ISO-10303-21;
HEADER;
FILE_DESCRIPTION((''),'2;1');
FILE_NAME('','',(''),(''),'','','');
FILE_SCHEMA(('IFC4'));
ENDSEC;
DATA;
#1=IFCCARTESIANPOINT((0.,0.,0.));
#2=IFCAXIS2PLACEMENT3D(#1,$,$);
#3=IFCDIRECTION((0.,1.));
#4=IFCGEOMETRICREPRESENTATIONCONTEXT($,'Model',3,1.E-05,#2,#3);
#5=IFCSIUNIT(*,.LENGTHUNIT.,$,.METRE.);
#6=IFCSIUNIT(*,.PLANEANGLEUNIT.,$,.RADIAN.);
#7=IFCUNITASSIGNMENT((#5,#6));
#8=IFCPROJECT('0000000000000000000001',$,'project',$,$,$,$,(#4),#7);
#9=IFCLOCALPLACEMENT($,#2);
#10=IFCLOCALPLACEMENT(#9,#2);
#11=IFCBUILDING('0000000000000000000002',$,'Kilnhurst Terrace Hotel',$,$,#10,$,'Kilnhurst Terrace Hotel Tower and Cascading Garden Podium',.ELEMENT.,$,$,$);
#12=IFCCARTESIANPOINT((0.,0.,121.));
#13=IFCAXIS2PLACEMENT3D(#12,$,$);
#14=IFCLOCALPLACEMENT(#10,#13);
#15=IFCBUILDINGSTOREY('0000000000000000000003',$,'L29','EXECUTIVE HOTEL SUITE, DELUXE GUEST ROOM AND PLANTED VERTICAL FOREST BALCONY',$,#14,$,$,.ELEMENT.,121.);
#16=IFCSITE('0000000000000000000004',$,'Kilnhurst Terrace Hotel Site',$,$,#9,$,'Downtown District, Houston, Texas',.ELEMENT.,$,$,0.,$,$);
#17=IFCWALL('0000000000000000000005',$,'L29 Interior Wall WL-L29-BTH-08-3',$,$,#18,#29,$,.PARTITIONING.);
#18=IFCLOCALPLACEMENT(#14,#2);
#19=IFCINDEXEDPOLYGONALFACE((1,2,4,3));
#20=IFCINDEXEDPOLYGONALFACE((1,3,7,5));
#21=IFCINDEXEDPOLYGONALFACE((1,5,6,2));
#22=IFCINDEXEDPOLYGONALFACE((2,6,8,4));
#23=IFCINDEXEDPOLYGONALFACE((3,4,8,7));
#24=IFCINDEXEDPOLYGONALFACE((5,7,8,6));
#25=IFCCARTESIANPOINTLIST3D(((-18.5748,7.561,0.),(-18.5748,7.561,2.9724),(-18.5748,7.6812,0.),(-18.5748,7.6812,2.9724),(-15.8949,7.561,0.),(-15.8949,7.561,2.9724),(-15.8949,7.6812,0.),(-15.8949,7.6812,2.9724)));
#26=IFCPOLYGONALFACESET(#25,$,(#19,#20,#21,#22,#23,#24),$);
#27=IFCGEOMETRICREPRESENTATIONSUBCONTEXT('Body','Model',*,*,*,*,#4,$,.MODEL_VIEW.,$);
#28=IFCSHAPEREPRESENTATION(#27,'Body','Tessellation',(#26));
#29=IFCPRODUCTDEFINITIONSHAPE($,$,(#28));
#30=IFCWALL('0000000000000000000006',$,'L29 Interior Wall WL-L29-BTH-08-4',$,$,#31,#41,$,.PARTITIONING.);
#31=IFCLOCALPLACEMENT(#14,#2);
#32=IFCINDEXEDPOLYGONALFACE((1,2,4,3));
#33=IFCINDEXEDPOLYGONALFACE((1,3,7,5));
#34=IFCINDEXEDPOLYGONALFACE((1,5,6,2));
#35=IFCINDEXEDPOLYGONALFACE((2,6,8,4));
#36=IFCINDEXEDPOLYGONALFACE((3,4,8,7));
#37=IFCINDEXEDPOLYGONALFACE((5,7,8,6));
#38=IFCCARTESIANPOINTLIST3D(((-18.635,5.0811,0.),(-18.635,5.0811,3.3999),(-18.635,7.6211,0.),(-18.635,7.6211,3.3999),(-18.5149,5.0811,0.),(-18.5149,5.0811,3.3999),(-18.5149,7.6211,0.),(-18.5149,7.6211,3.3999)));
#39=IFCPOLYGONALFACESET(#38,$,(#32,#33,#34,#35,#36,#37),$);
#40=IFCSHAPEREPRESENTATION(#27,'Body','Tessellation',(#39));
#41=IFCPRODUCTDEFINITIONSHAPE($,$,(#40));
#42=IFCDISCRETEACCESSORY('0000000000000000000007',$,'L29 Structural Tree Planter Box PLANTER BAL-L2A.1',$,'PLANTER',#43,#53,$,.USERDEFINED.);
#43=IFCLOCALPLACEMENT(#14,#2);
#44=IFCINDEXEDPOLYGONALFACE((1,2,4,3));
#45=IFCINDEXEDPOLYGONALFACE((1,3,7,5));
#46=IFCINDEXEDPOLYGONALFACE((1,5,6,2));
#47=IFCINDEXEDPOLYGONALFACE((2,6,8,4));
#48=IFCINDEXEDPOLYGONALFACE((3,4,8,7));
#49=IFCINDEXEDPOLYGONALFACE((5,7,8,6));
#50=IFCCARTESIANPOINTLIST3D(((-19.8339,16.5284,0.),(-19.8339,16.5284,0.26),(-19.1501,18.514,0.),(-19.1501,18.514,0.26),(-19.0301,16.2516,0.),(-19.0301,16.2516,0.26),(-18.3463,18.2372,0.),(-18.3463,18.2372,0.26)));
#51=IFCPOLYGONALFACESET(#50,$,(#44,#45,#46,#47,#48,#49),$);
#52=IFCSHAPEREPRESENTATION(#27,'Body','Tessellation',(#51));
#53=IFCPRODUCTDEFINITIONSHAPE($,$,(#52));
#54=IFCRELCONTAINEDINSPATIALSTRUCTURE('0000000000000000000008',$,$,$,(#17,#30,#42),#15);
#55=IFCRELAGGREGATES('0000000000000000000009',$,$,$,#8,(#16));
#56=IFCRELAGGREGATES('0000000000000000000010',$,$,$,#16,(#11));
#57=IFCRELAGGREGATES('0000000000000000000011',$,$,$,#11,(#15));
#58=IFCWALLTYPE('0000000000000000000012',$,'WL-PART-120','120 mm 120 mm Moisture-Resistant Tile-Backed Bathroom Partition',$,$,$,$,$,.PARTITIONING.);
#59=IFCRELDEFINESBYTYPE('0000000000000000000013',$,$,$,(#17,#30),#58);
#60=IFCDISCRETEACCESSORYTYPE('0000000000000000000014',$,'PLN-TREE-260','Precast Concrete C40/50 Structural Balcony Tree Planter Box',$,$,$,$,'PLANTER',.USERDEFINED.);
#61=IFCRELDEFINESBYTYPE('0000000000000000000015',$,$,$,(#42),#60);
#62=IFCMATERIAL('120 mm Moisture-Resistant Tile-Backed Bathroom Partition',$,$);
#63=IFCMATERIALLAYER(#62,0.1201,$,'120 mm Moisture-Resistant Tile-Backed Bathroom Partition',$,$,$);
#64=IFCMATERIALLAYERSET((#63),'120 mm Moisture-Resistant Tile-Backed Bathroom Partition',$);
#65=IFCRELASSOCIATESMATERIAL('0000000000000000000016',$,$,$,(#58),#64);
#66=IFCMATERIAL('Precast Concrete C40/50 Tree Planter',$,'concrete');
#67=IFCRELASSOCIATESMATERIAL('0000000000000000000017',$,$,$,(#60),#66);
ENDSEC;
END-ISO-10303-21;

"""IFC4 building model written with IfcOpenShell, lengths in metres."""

from ifc_helpers import new_model, si_unit, direction, frame, frame_2d, origin, origin_2d, place, context, subcontext, project, spatial, rectangle, extrude, material, layer, layer_set, type_object, element, save


model = new_model("IFC4")

# Units and contexts
model_context = context("Model", 3, precision=1e-05, world=origin(), true_north=direction((0.0, 1.0)))
body_context = subcontext(model_context, "Body", "Model", "MODEL_VIEW")
ifc_project = project(units=[si_unit("LENGTHUNIT", "METRE"), si_unit("PLANEANGLEUNIT", "RADIAN")], contexts=[model_context])

# Site, building, storey
site_placement = place(None, origin())
site = spatial("IfcSite", under=ifc_project, at=site_placement, Name="Kilnhurst Terrace Hotel Site", LongName="Downtown District, Houston, Texas", CompositionType="ELEMENT", RefElevation=0.0)
building_placement = place(site_placement, origin())
building = spatial("IfcBuilding", under=site, at=building_placement, Name="Kilnhurst Terrace Hotel", LongName="Kilnhurst Terrace Hotel Tower and Cascading Garden Podium", CompositionType="ELEMENT")
storey_placement = place(building_placement, frame((0.0, 0.0, 121.0)))
storey = spatial("IfcBuildingStorey", under=building, at=storey_placement, Name="L29", Description="EXECUTIVE HOTEL SUITE, DELUXE GUEST ROOM AND PLANTED VERTICAL FOREST BALCONY", CompositionType="ELEMENT", Elevation=121.0)

# Shared definitions
ifc_material_1 = material(Name="120 mm Moisture-Resistant Tile-Backed Bathroom Partition")
ifc_layer_1 = layer(ifc_material_1, 0.1201, Name="120 mm Moisture-Resistant Tile-Backed Bathroom Partition")
ifc_layer_set_1 = layer_set([ifc_layer_1], Name="120 mm Moisture-Resistant Tile-Backed Bathroom Partition")
wall_type_1 = type_object("IfcWallType", Name="WL-PART-120", Description="120 mm 120 mm Moisture-Resistant Tile-Backed Bathroom Partition", PredefinedType="PARTITIONING", material=ifc_layer_set_1)

# Walls
wall_1_placement = place(storey_placement, frame((-15.895, 7.6211, 0.0), z_axis=(0.0, 0.0, 1.0), x_axis=(-1.0, 0.0, 0.0)))
element("IfcWall", 1, at=wall_1_placement, inside=storey, type_object=wall_type_1, Name="L29 Interior Wall WL-L29-BTH-08-3", PredefinedType="PARTITIONING", context=body_context, shape_type="SweptSolid", body=[
    extrude(rectangle(XDim=2.6799, YDim=0.1201, at=frame_2d((1.3398, 0.0))), origin(), (0.0, 0.0, 1.0), 2.9724),
])
wall_2_placement = place(storey_placement, frame((-18.575, 7.6211, 0.0), z_axis=(0.0, 0.0, 1.0), x_axis=(0.0, -1.0, 0.0)))
element("IfcWall", 2, at=wall_2_placement, inside=storey, type_object=wall_type_1, Name="L29 Interior Wall WL-L29-BTH-08-4", PredefinedType="PARTITIONING", context=body_context, shape_type="SweptSolid", body=[
    extrude(rectangle(XDim=2.54, YDim=0.1201, at=frame_2d((1.27, 0.0))), origin(), (0.0, 0.0, 1.0), 3.3999),
])

# Discrete accessory
ifc_material_2 = material(Name="Precast Concrete C40/50 Tree Planter", Category="concrete")
discrete_accessory_type = type_object("IfcDiscreteAccessoryType", Name="PLN-TREE-260", Description="Precast Concrete C40/50 Structural Balcony Tree Planter Box", ElementType="PLANTER", PredefinedType="USERDEFINED", material=ifc_material_2)
discrete_accessory_placement = place(storey_placement, frame((-19.0901, 17.3828, 0.0), z_axis=(0.0, 0.0, 1.0), x_axis=(-0.325601, -0.945507, 0.0)))
element("IfcDiscreteAccessory", 3, at=discrete_accessory_placement, inside=storey, type_object=discrete_accessory_type, Name="L29 Structural Tree Planter Box PLANTER BAL-L2A.1", ObjectType="PLANTER", PredefinedType="USERDEFINED", context=body_context, shape_type="SweptSolid", body=[
    extrude(rectangle(XDim=2.1001, YDim=0.8501, at=origin_2d()), origin(), (0.0, 0.0, 1.0), 0.26),
])

save(model, "model.ifc")
